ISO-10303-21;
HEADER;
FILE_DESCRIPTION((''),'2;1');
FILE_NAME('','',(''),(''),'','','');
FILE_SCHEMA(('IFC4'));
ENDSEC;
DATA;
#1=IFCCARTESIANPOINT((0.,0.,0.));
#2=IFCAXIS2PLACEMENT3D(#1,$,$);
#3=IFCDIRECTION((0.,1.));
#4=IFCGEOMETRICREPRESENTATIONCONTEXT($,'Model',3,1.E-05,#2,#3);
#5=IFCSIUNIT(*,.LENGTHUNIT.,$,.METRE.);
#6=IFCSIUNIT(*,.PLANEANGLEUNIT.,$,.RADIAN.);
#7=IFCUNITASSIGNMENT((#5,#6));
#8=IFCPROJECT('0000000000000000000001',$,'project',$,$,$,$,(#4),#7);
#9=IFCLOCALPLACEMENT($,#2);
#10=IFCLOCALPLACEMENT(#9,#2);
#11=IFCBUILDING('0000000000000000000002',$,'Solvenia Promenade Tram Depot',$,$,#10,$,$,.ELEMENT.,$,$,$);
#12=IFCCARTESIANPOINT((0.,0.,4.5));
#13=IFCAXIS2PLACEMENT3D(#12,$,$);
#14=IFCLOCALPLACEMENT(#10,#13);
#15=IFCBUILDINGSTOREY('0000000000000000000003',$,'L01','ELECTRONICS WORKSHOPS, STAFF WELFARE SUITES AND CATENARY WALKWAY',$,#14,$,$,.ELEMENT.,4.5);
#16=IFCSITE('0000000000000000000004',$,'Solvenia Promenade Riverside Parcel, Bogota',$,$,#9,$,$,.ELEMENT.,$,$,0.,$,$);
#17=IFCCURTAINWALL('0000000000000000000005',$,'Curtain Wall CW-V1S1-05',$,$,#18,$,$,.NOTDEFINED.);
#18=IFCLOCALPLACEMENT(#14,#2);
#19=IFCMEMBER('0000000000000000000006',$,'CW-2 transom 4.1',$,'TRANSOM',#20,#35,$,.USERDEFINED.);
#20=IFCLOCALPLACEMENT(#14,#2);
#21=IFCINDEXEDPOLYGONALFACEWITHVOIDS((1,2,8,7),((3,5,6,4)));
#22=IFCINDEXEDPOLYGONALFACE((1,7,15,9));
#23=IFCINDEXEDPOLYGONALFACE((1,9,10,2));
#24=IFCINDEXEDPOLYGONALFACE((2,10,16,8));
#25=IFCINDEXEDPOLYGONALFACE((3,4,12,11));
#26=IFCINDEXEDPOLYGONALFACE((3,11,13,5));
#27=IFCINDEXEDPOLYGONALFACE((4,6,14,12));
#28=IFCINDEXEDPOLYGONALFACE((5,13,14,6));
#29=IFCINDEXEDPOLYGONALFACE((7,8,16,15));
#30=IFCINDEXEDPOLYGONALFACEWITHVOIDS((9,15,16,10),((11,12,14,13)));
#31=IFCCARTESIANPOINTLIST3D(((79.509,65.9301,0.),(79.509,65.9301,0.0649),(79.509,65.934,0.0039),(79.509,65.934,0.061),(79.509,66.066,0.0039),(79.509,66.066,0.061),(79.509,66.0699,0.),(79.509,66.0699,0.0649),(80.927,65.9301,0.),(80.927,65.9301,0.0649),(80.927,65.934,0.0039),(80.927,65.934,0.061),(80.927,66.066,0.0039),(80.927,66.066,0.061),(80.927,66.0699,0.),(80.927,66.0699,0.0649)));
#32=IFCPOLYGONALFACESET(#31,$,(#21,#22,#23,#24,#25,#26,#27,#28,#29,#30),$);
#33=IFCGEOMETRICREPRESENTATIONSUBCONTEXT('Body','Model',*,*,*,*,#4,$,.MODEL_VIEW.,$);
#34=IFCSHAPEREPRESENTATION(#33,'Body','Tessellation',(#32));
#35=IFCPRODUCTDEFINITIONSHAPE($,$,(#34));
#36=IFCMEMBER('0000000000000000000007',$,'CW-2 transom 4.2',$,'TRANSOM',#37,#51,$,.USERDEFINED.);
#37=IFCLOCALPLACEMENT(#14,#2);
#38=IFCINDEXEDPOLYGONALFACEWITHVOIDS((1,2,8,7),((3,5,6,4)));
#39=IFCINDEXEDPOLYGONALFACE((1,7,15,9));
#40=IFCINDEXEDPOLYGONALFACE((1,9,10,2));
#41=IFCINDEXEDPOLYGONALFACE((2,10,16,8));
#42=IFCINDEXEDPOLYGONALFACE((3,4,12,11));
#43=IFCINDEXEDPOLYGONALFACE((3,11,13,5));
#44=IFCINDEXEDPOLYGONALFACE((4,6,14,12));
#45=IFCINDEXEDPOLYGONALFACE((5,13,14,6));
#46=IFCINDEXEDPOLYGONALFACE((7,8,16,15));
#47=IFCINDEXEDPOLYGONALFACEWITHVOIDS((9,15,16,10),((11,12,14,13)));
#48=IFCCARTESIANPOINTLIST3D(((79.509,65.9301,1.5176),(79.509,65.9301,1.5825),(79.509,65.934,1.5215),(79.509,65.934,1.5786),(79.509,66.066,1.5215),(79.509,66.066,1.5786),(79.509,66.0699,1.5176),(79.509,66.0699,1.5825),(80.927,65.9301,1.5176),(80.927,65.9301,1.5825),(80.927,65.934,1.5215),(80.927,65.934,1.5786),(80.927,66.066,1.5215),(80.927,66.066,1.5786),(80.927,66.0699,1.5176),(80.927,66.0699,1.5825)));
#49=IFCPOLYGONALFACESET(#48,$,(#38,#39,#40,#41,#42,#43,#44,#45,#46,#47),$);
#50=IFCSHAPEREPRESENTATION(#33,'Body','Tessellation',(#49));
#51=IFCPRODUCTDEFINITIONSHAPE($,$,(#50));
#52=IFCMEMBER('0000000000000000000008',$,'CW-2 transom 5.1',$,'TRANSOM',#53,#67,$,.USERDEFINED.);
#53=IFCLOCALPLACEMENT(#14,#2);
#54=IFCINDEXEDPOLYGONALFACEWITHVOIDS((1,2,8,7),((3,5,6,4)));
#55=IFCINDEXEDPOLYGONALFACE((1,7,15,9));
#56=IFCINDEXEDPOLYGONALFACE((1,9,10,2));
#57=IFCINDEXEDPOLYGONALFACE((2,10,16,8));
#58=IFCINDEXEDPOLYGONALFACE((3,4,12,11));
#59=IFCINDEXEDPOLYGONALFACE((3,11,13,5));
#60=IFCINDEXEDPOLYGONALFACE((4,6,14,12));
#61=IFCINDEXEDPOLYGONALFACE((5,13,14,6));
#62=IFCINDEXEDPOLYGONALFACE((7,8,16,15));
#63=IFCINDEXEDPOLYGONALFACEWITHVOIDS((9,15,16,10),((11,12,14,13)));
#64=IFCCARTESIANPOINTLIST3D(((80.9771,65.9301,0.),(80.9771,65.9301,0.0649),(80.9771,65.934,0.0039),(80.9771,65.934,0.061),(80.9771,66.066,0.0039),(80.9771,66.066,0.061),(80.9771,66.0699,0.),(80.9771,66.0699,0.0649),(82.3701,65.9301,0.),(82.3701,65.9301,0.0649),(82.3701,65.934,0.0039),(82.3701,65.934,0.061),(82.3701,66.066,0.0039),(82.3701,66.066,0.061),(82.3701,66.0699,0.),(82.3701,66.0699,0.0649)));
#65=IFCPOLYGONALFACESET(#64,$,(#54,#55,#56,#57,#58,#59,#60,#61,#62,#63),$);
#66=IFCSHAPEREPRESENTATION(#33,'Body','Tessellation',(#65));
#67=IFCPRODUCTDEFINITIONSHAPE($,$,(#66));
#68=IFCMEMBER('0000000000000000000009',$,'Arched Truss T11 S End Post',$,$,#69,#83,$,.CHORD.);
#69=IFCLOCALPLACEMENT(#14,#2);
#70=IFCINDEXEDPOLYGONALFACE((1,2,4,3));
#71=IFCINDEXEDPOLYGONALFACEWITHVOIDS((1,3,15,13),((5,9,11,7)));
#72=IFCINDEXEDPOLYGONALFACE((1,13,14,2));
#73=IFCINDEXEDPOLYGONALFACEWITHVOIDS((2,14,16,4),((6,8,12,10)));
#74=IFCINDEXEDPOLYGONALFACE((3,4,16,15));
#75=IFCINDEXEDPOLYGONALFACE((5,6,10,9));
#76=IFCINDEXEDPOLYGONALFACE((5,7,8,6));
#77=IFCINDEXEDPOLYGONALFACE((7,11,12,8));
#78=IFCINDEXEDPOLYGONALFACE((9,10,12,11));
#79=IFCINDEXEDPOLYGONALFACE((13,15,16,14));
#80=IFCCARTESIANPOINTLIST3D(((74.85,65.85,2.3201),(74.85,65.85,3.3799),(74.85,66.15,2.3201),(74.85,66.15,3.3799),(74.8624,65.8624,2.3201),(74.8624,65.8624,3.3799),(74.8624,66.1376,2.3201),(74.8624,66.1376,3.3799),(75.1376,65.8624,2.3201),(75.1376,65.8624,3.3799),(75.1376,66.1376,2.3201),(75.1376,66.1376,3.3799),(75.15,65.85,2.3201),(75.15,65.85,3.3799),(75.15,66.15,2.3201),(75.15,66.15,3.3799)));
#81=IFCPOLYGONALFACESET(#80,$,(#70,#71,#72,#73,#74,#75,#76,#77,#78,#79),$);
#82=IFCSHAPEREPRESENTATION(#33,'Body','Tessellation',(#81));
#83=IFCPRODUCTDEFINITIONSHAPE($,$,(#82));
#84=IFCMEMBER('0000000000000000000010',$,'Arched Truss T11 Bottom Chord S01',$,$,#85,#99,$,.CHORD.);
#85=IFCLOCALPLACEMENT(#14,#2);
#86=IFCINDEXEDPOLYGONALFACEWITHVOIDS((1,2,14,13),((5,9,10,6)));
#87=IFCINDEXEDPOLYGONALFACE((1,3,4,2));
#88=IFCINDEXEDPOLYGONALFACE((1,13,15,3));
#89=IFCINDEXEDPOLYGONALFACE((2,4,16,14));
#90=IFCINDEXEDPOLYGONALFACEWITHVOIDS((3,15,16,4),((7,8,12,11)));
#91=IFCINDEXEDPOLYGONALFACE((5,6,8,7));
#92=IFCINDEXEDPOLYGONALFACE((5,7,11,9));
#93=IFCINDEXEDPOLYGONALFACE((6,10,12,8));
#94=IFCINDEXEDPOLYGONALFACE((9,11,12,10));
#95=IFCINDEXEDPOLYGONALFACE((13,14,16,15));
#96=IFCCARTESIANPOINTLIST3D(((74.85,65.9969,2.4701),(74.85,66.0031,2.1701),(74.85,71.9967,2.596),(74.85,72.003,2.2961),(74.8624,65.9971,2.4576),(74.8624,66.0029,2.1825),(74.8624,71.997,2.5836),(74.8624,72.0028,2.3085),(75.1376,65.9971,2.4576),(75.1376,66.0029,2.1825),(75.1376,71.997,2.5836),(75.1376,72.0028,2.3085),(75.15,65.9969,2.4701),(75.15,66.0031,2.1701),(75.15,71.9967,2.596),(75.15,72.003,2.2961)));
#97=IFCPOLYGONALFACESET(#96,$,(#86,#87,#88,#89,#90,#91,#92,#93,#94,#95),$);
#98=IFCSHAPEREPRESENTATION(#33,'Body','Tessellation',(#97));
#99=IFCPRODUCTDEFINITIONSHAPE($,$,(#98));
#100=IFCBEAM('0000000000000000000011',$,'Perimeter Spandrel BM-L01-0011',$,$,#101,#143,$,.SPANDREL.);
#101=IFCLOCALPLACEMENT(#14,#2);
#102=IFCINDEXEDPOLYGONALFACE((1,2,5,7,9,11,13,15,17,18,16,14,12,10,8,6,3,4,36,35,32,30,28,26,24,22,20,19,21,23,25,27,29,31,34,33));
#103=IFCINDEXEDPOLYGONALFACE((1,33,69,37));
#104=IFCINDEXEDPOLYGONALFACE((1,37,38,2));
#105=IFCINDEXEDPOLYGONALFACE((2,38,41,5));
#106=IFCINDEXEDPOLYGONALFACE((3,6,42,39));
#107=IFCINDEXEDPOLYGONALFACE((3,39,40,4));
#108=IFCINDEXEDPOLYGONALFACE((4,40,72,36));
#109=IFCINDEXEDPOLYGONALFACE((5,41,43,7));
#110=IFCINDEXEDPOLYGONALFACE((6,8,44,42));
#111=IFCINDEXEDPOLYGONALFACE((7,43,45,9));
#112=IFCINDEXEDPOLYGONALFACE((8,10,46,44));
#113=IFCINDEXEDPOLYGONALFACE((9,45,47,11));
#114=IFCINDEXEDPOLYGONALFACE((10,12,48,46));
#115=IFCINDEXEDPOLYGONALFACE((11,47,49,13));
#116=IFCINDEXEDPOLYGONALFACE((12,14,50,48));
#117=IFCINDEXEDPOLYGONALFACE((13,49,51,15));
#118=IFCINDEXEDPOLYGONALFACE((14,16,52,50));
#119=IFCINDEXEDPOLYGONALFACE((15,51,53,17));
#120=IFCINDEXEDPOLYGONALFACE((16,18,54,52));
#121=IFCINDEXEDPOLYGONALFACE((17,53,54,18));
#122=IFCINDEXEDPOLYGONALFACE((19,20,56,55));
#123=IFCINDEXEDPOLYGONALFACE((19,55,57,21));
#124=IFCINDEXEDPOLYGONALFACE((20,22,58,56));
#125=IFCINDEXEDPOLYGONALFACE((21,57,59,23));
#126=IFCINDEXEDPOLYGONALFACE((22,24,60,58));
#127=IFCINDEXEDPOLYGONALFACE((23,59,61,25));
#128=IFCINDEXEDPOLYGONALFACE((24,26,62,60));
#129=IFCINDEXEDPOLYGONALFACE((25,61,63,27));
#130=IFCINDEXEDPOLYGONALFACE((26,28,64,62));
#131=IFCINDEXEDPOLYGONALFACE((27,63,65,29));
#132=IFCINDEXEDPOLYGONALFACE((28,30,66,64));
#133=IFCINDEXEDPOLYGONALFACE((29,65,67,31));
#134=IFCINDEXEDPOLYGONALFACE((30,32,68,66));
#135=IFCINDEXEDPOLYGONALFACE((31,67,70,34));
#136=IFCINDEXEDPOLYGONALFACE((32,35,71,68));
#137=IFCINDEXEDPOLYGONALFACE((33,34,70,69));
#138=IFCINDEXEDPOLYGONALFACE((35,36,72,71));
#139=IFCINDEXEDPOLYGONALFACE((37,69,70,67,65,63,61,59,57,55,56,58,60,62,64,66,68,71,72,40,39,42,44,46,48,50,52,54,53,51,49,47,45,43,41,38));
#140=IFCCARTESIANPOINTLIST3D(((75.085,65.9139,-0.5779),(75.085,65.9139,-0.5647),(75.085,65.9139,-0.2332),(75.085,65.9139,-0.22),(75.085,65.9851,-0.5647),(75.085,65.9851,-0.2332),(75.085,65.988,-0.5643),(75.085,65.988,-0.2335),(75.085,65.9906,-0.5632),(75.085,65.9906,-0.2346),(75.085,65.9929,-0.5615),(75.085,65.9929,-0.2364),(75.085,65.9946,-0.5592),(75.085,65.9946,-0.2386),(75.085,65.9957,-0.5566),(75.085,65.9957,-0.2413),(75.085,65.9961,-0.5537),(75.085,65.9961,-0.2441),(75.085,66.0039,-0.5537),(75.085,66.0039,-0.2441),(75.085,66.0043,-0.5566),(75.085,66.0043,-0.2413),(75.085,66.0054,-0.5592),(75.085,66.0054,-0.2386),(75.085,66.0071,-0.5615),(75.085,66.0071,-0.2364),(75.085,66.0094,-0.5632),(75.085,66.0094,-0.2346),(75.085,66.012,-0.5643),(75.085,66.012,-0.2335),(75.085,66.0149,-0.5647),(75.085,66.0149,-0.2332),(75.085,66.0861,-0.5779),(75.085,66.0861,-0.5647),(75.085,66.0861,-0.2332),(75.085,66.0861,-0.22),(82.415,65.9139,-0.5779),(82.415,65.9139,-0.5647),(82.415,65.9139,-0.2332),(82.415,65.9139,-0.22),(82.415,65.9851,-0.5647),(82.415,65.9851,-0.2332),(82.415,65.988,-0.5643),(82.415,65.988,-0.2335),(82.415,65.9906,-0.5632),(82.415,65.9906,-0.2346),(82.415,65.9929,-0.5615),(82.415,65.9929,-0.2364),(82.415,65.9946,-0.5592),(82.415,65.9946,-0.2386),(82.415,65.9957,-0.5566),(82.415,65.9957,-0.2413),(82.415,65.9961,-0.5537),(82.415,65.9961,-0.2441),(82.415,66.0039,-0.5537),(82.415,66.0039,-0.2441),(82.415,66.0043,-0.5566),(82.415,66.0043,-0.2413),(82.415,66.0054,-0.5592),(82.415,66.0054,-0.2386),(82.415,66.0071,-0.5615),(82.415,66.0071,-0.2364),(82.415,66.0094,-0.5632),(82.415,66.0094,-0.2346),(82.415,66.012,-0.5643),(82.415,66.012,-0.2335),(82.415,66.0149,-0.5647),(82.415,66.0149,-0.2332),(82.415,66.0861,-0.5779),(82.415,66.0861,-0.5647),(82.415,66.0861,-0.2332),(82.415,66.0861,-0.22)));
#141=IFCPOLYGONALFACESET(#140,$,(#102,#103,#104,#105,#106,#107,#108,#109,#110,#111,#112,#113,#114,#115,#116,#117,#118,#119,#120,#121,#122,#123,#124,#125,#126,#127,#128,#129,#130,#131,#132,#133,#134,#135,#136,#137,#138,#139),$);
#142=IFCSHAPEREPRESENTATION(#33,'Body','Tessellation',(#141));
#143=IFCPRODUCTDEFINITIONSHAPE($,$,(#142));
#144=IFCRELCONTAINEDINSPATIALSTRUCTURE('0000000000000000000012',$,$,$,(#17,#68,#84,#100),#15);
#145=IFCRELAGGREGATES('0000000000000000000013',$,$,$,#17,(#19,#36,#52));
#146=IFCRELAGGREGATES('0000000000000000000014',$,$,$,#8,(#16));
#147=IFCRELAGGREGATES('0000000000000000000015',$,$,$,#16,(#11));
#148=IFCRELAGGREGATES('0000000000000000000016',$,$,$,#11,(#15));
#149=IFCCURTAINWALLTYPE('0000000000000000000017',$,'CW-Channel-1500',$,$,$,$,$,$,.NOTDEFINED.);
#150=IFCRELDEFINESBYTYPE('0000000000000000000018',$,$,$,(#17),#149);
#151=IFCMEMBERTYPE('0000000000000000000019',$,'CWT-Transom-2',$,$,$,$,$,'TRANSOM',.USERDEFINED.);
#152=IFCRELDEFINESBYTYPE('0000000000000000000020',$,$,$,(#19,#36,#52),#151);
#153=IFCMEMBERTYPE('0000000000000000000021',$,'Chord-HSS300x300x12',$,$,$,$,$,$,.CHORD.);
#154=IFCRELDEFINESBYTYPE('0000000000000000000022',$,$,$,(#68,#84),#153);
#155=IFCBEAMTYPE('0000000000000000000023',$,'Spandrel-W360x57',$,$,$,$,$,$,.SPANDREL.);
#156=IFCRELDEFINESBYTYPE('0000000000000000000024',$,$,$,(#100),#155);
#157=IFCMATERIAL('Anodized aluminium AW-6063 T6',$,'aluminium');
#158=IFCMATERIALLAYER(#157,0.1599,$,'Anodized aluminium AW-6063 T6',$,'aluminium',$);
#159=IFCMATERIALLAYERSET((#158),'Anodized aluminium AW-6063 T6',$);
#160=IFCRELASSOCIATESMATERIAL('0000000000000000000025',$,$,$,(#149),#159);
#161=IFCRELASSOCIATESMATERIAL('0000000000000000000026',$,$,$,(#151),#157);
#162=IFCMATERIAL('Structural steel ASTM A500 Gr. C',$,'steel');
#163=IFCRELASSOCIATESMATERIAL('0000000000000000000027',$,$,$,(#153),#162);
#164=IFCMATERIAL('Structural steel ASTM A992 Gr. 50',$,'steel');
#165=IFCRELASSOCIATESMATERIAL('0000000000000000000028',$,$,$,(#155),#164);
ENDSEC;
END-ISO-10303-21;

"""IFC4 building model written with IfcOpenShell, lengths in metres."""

from ifc_helpers import new_model, si_unit, direction, frame, origin, origin_2d, place, context, subcontext, project, spatial, hollow_rectangle, i_section, extrude, material, layer, layer_set, material_profile, profile_set, type_object, element, aggregate, save


model = new_model("IFC4")

# Units and contexts
model_context = context("Model", 3, precision=1e-05, world=origin(), true_north=direction((0.0, 1.0)))
body_context = subcontext(model_context, "Body", "Model", "MODEL_VIEW")
ifc_project = project(units=[si_unit("LENGTHUNIT", "METRE"), si_unit("PLANEANGLEUNIT", "RADIAN")], contexts=[model_context])

# Site, building, storey
site_placement = place(None, origin())
site = spatial("IfcSite", under=ifc_project, at=site_placement, Name="Solvenia Promenade Riverside Parcel, Bogota", CompositionType="ELEMENT", RefElevation=0.0)
building_placement = place(site_placement, origin())
building = spatial("IfcBuilding", under=site, at=building_placement, Name="Solvenia Promenade Tram Depot", CompositionType="ELEMENT")
storey_placement = place(building_placement, frame((0.0, 0.0, 4.5)))
storey = spatial("IfcBuildingStorey", under=building, at=storey_placement, Name="L01", Description="ELECTRONICS WORKSHOPS, STAFF WELFARE SUITES AND CATENARY WALKWAY", CompositionType="ELEMENT", Elevation=4.5)

# Curtain wall, members
ifc_material_1 = material(Name="Anodized aluminium AW-6063 T6", Category="aluminium")
ifc_layer_1 = layer(ifc_material_1, 0.1599, Name="Anodized aluminium AW-6063 T6", Category="aluminium")
ifc_layer_set_1 = layer_set([ifc_layer_1], Name="Anodized aluminium AW-6063 T6")
curtain_wall_type = type_object("IfcCurtainWallType", Name="CW-Channel-1500", PredefinedType="NOTDEFINED", material=ifc_layer_set_1)
curtain_wall_placement = place(storey_placement, origin())
curtain_wall = element("IfcCurtainWall", 1, at=curtain_wall_placement, inside=storey, type_object=curtain_wall_type, Name="Curtain Wall CW-V1S1-05", PredefinedType="NOTDEFINED")
ifc_material_profile_1 = material_profile(ifc_material_1, hollow_rectangle(XDim=0.1399, YDim=0.0649, WallThickness=0.0039, at=origin_2d()), Name="ALU-T2", Category="aluminium")
ifc_profile_set_1 = profile_set([ifc_material_profile_1], Name="Anodized aluminium AW-6063 T6")
member_type_1 = type_object("IfcMemberType", Name="CWT-Transom-2", ElementType="TRANSOM", PredefinedType="USERDEFINED", material=ifc_profile_set_1)
member_1_placement = place(storey_placement, frame((79.509, 66.0, 0.0325), z_axis=(1.0, 0.0, 0.0), x_axis=(0.0, 1.0, 0.0)))
member_1 = element("IfcMember", 2, at=member_1_placement, type_object=member_type_1, Name="CW-2 transom 4.1", ObjectType="TRANSOM", PredefinedType="USERDEFINED", context=body_context, shape_type="SweptSolid", body=[
    extrude(hollow_rectangle(XDim=0.1399, YDim=0.0649, WallThickness=0.0039, at=origin_2d()), origin(), (0.0, 0.0, 1.0), 1.418),
])
member_2_placement = place(storey_placement, frame((79.509, 66.0, 1.55), z_axis=(1.0, 0.0, 0.0), x_axis=(0.0, 1.0, 0.0)))
member_2 = element("IfcMember", 3, at=member_2_placement, type_object=member_type_1, Name="CW-2 transom 4.2", ObjectType="TRANSOM", PredefinedType="USERDEFINED", context=body_context, shape_type="SweptSolid", body=[
    extrude(hollow_rectangle(XDim=0.1399, YDim=0.0649, WallThickness=0.0039, at=origin_2d()), origin(), (0.0, 0.0, 1.0), 1.418),
])
member_3_placement = place(storey_placement, frame((80.9771, 66.0, 0.0325), z_axis=(1.0, 0.0, 0.0), x_axis=(0.0, 1.0, 0.0)))
member_3 = element("IfcMember", 4, at=member_3_placement, type_object=member_type_1, Name="CW-2 transom 5.1", ObjectType="TRANSOM", PredefinedType="USERDEFINED", context=body_context, shape_type="SweptSolid", body=[
    extrude(hollow_rectangle(XDim=0.1399, YDim=0.0649, WallThickness=0.0039, at=origin_2d()), origin(), (0.0, 0.0, 1.0), 1.3931),
])

# Members
ifc_material_2 = material(Name="Structural steel ASTM A500 Gr. C", Category="steel")
ifc_material_profile_2 = material_profile(ifc_material_2, hollow_rectangle(XDim=0.3, YDim=0.3, WallThickness=0.0125, at=origin_2d()), Name="HSS300x300x12.5", Category="steel")
ifc_profile_set_2 = profile_set([ifc_material_profile_2], Name="Structural steel ASTM A500 Gr. C")
member_type_2 = type_object("IfcMemberType", Name="Chord-HSS300x300x12", PredefinedType="CHORD", material=ifc_profile_set_2)
member_4_placement = place(storey_placement, frame((75.0, 66.0, 2.3201), z_axis=(0.0, 0.0, 1.0), x_axis=(1.0, 0.0, 0.0)))
element("IfcMember", 5, at=member_4_placement, inside=storey, type_object=member_type_2, Name="Arched Truss T11 S End Post", PredefinedType="CHORD", context=body_context, shape_type="SweptSolid", body=[
    extrude(hollow_rectangle(XDim=0.3, YDim=0.3, WallThickness=0.0125, at=origin_2d()), origin(), (0.0, 0.0, 1.0), 1.0598),
])
member_5_placement = place(storey_placement, frame((75.0, 66.0, 2.3201), z_axis=(0.0, 0.99978, 0.020991), x_axis=(-1.0, 0.0, 0.0)))
element("IfcMember", 6, at=member_5_placement, inside=storey, type_object=member_type_2, Name="Arched Truss T11 Bottom Chord S01", PredefinedType="CHORD", context=body_context, shape_type="SweptSolid", body=[
    extrude(hollow_rectangle(XDim=0.3, YDim=0.3, WallThickness=0.0125, at=origin_2d()), origin(), (0.0, 0.0, 1.0), 6.0012),
])

# Beam
ifc_material_3 = material(Name="Structural steel ASTM A992 Gr. 50", Category="steel")
ifc_material_profile_3 = material_profile(ifc_material_3, i_section(OverallWidth=0.1721, OverallDepth=0.3579, WebThickness=0.0078, FlangeThickness=0.0132, FilletRadius=0.011, at=origin_2d()), Name="W360x57", Category="steel")
ifc_profile_set_3 = profile_set([ifc_material_profile_3], Name="Structural steel ASTM A992 Gr. 50")
beam_type = type_object("IfcBeamType", Name="Spandrel-W360x57", PredefinedType="SPANDREL", material=ifc_profile_set_3)
beam_placement = place(storey_placement, frame((75.085, 66.0, -0.3989), z_axis=(1.0, 0.0, 0.0), x_axis=(0.0, 1.0, 0.0)))
element("IfcBeam", 7, at=beam_placement, inside=storey, type_object=beam_type, Name="Perimeter Spandrel BM-L01-0011", PredefinedType="SPANDREL", context=body_context, shape_type="SweptSolid", body=[
    extrude(i_section(OverallWidth=0.1721, OverallDepth=0.3579, WebThickness=0.0078, FlangeThickness=0.0132, FilletRadius=0.011, at=origin_2d()), origin(), (0.0, 0.0, 1.0), 7.3301),
])

aggregate(curtain_wall, [member_1, member_2, member_3])

save(model, "model.ifc")
